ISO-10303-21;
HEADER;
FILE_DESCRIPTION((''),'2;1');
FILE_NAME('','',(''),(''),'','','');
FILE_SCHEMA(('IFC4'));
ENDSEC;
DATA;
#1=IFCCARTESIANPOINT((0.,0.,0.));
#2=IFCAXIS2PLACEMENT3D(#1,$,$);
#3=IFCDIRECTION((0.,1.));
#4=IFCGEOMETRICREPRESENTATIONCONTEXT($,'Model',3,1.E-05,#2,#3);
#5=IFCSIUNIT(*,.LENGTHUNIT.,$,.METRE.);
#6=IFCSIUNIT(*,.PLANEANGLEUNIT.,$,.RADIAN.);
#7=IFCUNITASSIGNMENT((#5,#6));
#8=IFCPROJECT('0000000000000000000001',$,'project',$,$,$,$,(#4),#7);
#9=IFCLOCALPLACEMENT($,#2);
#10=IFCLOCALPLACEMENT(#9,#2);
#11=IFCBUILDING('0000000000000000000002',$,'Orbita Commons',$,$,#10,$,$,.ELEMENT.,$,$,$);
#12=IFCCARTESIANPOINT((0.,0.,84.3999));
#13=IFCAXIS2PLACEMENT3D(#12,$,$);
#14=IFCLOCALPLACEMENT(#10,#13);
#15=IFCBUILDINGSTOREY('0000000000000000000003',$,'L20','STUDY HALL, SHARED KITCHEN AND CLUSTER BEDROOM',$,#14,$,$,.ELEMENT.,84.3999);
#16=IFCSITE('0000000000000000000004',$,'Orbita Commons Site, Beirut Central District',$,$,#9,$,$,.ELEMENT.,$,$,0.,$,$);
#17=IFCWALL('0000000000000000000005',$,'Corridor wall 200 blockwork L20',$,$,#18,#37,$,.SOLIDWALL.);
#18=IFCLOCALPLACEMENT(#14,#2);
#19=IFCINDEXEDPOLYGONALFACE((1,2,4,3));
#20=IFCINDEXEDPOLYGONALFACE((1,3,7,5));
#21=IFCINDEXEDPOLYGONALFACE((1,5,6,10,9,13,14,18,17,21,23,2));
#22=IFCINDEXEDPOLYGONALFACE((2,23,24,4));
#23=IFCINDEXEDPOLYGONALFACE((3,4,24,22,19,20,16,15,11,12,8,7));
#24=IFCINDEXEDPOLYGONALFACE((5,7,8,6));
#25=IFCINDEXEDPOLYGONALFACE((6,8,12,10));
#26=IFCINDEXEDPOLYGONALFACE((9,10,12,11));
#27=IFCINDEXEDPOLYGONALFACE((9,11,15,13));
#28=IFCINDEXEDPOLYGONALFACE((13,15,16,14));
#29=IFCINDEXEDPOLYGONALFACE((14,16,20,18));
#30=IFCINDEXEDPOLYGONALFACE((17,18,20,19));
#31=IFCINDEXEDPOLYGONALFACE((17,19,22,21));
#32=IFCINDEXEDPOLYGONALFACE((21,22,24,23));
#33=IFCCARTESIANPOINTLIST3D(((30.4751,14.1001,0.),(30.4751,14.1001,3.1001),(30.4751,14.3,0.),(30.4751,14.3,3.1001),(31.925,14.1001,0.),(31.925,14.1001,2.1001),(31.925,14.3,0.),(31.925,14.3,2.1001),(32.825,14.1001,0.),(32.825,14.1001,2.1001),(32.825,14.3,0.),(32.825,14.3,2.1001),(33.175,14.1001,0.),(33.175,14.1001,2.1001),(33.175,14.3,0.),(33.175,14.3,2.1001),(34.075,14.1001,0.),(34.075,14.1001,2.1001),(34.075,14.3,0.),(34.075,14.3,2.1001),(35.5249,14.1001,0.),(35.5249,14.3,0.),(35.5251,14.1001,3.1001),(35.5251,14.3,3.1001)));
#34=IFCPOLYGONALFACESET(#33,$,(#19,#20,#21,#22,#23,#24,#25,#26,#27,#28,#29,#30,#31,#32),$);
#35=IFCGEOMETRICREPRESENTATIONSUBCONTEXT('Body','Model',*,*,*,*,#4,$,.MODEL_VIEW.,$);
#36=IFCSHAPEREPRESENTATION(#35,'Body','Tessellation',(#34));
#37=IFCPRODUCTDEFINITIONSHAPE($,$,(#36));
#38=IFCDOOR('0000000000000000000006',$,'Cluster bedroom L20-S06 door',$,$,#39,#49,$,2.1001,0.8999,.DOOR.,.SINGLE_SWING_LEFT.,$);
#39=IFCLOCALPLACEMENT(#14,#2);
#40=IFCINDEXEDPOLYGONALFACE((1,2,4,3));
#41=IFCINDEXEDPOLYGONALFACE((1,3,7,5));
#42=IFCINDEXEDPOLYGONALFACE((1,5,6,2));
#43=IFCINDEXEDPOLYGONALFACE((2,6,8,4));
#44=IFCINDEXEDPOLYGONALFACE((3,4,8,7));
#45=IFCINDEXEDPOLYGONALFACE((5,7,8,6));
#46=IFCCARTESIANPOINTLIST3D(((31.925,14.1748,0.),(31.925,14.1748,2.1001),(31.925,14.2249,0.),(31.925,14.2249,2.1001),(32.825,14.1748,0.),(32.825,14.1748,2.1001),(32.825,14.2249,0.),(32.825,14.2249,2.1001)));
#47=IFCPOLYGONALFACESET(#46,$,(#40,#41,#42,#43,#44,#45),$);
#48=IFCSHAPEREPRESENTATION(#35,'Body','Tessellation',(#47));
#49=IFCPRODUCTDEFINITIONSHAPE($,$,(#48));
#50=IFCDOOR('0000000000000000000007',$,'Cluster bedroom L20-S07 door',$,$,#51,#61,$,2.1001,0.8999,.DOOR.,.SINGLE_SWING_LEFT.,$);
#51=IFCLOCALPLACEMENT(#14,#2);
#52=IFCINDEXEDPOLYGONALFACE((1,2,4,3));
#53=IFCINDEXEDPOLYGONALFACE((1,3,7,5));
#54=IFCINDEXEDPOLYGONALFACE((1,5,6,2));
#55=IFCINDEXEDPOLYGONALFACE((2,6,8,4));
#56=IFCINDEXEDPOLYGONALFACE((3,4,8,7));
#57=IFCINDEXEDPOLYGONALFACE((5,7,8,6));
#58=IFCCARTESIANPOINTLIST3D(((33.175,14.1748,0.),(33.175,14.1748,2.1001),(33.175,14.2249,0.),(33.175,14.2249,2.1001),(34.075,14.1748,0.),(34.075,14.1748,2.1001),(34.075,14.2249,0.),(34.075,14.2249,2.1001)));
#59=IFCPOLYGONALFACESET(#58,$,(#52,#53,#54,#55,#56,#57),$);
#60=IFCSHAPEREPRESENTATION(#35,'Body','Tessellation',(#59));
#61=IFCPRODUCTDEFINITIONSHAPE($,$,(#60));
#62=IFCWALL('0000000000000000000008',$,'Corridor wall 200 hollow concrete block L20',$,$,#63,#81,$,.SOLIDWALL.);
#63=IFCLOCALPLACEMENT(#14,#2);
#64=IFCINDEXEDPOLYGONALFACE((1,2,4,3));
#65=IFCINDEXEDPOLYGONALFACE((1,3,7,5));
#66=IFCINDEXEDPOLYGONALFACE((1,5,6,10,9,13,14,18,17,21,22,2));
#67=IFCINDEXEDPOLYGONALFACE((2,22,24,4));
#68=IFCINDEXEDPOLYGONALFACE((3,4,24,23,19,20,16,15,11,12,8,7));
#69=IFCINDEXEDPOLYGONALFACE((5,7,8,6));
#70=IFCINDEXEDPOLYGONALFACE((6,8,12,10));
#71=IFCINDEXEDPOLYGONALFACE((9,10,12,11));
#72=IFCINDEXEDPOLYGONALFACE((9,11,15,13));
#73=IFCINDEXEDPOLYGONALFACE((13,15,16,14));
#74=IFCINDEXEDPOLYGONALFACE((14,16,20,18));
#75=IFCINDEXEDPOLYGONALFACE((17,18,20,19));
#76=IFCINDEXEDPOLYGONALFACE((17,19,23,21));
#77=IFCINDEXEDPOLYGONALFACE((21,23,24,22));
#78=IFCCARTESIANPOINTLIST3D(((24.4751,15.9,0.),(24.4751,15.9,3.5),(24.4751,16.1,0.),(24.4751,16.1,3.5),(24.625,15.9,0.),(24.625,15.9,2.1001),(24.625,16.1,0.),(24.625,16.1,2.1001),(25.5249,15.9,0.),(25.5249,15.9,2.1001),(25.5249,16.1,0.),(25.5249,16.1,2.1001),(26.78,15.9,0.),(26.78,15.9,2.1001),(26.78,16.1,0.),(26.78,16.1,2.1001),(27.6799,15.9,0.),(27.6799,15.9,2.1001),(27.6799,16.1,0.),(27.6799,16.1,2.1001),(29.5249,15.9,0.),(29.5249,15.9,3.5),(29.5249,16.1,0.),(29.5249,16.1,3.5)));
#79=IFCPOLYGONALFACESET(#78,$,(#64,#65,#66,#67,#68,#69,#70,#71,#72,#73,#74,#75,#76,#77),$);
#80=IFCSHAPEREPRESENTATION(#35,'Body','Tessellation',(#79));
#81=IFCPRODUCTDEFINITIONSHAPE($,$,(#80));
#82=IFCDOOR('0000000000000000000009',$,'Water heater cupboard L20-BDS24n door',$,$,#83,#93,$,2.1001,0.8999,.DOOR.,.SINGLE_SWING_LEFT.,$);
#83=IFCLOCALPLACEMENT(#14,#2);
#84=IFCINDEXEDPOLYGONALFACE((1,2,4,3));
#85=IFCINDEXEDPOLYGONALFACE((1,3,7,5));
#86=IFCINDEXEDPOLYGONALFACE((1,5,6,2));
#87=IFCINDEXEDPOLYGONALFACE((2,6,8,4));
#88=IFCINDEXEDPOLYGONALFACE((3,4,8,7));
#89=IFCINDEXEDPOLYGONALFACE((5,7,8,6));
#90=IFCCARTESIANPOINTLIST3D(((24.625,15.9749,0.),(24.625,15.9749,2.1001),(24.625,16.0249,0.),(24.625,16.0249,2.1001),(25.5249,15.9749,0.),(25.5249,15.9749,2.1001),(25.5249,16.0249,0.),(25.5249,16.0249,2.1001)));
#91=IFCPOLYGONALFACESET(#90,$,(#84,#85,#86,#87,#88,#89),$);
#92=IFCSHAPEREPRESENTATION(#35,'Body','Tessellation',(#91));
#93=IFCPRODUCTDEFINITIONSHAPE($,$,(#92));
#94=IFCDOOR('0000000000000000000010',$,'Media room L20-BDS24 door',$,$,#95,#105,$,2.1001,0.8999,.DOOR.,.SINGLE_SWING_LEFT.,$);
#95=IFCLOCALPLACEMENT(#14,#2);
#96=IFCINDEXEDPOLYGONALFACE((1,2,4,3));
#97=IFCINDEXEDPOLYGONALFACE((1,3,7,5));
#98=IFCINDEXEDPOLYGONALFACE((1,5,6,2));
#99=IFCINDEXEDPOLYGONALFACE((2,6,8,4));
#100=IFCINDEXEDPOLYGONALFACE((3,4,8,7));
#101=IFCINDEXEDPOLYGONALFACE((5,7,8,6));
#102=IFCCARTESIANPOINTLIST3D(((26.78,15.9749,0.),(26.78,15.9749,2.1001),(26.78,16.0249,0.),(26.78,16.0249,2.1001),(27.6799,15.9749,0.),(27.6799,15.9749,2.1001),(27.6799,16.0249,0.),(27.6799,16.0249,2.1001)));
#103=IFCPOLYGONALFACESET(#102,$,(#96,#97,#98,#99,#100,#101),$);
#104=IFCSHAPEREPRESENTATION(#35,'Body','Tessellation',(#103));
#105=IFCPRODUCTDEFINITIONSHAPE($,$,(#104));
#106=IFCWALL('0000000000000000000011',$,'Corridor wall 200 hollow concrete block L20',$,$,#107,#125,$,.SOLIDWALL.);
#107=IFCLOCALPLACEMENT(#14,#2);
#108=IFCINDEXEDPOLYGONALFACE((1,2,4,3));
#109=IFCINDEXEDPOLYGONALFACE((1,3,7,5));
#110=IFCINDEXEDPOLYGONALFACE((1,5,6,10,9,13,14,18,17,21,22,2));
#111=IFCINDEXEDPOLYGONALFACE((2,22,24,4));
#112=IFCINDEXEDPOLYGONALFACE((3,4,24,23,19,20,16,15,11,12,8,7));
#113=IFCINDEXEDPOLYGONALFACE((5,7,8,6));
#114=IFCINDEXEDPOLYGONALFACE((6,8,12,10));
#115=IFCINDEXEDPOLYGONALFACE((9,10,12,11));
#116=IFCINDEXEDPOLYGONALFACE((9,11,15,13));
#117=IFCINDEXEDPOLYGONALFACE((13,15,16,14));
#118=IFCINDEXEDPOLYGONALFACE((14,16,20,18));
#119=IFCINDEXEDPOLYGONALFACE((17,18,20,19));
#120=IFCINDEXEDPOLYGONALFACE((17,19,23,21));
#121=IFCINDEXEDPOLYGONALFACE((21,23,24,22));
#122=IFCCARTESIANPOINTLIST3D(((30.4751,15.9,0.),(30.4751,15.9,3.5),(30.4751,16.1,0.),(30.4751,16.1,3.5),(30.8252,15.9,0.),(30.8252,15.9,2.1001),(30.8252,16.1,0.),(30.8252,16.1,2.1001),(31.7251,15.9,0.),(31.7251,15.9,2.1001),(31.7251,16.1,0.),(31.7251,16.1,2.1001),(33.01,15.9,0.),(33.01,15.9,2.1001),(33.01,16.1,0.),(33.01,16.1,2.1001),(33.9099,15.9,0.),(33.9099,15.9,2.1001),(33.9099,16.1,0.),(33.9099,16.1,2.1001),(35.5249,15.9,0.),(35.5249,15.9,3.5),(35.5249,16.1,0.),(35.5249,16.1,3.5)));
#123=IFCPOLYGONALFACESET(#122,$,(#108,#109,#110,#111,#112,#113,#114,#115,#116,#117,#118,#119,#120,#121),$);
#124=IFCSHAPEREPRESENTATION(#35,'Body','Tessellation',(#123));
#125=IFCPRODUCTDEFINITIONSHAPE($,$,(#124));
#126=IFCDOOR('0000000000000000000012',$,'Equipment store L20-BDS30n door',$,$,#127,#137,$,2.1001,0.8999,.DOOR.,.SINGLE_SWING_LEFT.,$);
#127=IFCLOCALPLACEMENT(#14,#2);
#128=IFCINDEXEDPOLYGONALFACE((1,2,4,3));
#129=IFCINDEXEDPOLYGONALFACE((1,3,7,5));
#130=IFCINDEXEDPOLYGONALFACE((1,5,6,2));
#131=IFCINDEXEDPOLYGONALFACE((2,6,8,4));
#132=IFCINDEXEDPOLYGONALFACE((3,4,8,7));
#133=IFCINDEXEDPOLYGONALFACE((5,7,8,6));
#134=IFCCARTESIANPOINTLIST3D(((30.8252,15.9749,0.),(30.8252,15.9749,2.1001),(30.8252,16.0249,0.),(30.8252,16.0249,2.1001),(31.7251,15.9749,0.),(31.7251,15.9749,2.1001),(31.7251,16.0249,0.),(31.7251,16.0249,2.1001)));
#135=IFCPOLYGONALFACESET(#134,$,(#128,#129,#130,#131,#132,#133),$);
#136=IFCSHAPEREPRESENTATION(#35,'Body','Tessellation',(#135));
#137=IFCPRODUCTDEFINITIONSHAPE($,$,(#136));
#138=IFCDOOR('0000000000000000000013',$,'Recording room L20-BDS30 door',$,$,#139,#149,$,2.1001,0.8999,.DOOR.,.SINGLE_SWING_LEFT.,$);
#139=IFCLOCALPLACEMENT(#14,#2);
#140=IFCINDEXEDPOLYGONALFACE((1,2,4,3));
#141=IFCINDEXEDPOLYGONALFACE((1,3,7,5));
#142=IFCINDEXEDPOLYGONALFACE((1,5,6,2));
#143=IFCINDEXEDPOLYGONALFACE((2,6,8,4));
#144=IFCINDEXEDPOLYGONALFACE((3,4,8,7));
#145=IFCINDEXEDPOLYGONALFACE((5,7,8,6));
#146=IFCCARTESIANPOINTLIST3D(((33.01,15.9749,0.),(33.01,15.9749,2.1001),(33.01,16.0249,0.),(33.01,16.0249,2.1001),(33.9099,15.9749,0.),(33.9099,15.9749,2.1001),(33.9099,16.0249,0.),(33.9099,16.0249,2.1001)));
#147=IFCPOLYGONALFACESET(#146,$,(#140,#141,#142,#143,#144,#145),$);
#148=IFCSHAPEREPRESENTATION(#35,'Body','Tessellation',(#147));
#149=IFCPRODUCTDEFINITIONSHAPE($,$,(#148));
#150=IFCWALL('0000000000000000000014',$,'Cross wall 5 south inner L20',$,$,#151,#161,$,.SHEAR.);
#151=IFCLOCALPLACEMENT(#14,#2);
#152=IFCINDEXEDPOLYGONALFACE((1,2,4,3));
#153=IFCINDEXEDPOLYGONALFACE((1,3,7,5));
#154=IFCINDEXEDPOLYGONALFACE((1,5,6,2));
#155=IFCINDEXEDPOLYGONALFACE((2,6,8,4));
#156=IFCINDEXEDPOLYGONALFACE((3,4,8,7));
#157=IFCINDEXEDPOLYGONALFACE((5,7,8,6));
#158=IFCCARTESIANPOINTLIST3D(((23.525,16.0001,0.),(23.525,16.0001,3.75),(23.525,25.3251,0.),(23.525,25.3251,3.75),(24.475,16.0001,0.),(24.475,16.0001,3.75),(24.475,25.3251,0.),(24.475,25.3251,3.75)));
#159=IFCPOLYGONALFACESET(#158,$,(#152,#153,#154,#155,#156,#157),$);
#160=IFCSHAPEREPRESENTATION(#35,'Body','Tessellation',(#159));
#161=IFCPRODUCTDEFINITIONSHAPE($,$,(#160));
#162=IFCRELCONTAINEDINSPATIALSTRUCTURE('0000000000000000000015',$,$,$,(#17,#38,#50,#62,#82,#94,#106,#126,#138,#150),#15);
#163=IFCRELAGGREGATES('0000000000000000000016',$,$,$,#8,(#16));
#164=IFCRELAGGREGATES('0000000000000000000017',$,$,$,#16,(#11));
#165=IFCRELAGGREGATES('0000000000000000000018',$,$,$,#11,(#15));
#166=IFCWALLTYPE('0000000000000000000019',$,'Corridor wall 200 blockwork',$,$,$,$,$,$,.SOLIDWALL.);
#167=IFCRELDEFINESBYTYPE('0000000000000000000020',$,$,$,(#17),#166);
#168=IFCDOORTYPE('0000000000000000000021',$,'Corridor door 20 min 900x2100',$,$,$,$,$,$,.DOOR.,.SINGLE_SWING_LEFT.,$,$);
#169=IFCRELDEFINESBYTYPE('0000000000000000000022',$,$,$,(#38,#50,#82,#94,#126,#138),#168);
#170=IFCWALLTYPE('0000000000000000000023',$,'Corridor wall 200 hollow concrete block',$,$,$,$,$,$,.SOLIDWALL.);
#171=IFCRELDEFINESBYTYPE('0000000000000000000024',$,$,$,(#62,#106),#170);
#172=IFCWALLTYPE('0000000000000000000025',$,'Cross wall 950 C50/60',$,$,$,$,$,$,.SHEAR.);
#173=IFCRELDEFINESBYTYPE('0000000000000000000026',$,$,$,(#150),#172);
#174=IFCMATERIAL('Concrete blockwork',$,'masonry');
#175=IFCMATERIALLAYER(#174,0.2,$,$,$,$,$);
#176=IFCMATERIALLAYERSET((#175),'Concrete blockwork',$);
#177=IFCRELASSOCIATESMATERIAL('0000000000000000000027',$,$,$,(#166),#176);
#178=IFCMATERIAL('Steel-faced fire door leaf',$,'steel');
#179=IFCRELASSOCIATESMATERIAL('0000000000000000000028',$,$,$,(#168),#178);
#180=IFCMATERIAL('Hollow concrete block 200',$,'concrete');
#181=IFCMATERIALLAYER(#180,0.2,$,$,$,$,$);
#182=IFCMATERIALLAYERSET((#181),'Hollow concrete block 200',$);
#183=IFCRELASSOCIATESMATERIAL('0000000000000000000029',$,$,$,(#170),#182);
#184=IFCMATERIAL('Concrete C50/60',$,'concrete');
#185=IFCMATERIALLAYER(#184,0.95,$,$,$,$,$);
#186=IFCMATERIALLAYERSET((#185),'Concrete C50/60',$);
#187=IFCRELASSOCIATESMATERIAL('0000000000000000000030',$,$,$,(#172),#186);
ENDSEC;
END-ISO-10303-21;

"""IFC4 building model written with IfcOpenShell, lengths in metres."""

from ifc_helpers import new_model, si_unit, direction, frame, frame_2d, origin, place, context, subcontext, project, spatial, polyline, rectangle, outline, extrude, material, layer, layer_set, type_object, element, fill, save


model = new_model("IFC4")

# Units and contexts
model_context = context("Model", 3, precision=1e-05, world=origin(), true_north=direction((0.0, 1.0)))
body_context = subcontext(model_context, "Body", "Model", "MODEL_VIEW")
ifc_project = project(units=[si_unit("LENGTHUNIT", "METRE"), si_unit("PLANEANGLEUNIT", "RADIAN")], contexts=[model_context])

# Site, building, storey
site_placement = place(None, origin())
site = spatial("IfcSite", under=ifc_project, at=site_placement, Name="Orbita Commons Site, Beirut Central District", CompositionType="ELEMENT", RefElevation=0.0)
building_placement = place(site_placement, origin())
building = spatial("IfcBuilding", under=site, at=building_placement, Name="Orbita Commons", CompositionType="ELEMENT")
storey_placement = place(building_placement, frame((0.0, 0.0, 84.3999)))
storey = spatial("IfcBuildingStorey", under=building, at=storey_placement, Name="L20", Description="STUDY HALL, SHARED KITCHEN AND CLUSTER BEDROOM", CompositionType="ELEMENT", Elevation=84.3999)

# Walls, openings, doors
ifc_material_1 = material(Name="Concrete blockwork", Category="masonry")
ifc_layer_1 = layer(ifc_material_1, 0.2)
ifc_layer_set_1 = layer_set([ifc_layer_1], Name="Concrete blockwork")
wall_type_1 = type_object("IfcWallType", Name="Corridor wall 200 blockwork", PredefinedType="SOLIDWALL", material=ifc_layer_set_1)
ifc_material_2 = material(Name="Steel-faced fire door leaf", Category="steel")
door_type = type_object("IfcDoorType", Name="Corridor door 20 min 900x2100", OperationType="SINGLE_SWING_LEFT", PredefinedType="DOOR", material=ifc_material_2)
wall_1_placement = place(storey_placement, frame((30.4751, 14.2, 0.0), z_axis=(0.0, 0.0, 1.0), x_axis=(1.0, 0.0, 0.0)))
wall_1 = element("IfcWall", 1, at=wall_1_placement, inside=storey, type_object=wall_type_1, Name="Corridor wall 200 blockwork L20", PredefinedType="SOLIDWALL", context=body_context, shape_type="SweptSolid", body=[
    extrude(outline(polyline([(0.0, 0.0), (5.0498, 0.0), (5.05, 3.1001), (0.0, 3.1001), (0.0, 0.0)])), frame((0.0, 0.1001, 0.0), z_axis=(0.0, -1.0, 0.0), x_axis=(1.0, 0.0, 0.0)), (0.0, 0.0, 1.0), 0.2),
])
opening_1_placement = place(wall_1_placement, frame((1.45, 0.0, 0.0)))
opening_1 = element("IfcOpeningElement", 2, at=opening_1_placement, cuts=wall_1, PredefinedType="OPENING", context=body_context, shape_type="SweptSolid", body=[
    extrude(rectangle(XDim=0.8999, YDim=2.1001, at=frame_2d((0.45, 1.05))), frame((0.0, 0.1099, 0.0), z_axis=(0.0, -1.0, 0.0), x_axis=(1.0, 0.0, 0.0)), (0.0, 0.0, 1.0), 0.22),
])
opening_2_placement = place(wall_1_placement, frame((2.7, 0.0, 0.0)))
opening_2 = element("IfcOpeningElement", 3, at=opening_2_placement, cuts=wall_1, PredefinedType="OPENING", context=body_context, shape_type="SweptSolid", body=[
    extrude(rectangle(XDim=0.8999, YDim=2.1001, at=frame_2d((0.45, 1.05))), frame((0.0, 0.1099, 0.0), z_axis=(0.0, -1.0, 0.0), x_axis=(1.0, 0.0, 0.0)), (0.0, 0.0, 1.0), 0.22),
])
door_1_placement = place(opening_1_placement, origin())
door_1 = element("IfcDoor", 4, at=door_1_placement, inside=storey, type_object=door_type, Name="Cluster bedroom L20-S06 door", OperationType="SINGLE_SWING_LEFT", OverallHeight=2.1001, OverallWidth=0.8999, PredefinedType="DOOR", context=body_context, shape_type="SweptSolid", body=[
    extrude(rectangle(XDim=0.8999, YDim=2.1001, at=frame_2d((0.45, 1.05))), frame((0.0, 0.0249, 0.0), z_axis=(0.0, -1.0, 0.0), x_axis=(1.0, 0.0, 0.0)), (0.0, 0.0, 1.0), 0.05),
])
fill(opening_1, door_1)
door_2_placement = place(opening_2_placement, origin())
door_2 = element("IfcDoor", 5, at=door_2_placement, inside=storey, type_object=door_type, Name="Cluster bedroom L20-S07 door", OperationType="SINGLE_SWING_LEFT", OverallHeight=2.1001, OverallWidth=0.8999, PredefinedType="DOOR", context=body_context, shape_type="SweptSolid", body=[
    extrude(rectangle(XDim=0.8999, YDim=2.1001, at=frame_2d((0.45, 1.05))), frame((0.0, 0.0249, 0.0), z_axis=(0.0, -1.0, 0.0), x_axis=(1.0, 0.0, 0.0)), (0.0, 0.0, 1.0), 0.05),
])
fill(opening_2, door_2)
ifc_material_3 = material(Name="Hollow concrete block 200", Category="concrete")
ifc_layer_2 = layer(ifc_material_3, 0.2)
ifc_layer_set_2 = layer_set([ifc_layer_2], Name="Hollow concrete block 200")
wall_type_2 = type_object("IfcWallType", Name="Corridor wall 200 hollow concrete block", PredefinedType="SOLIDWALL", material=ifc_layer_set_2)
wall_2_placement = place(storey_placement, frame((24.4751, 16.0, 0.0), z_axis=(0.0, 0.0, 1.0), x_axis=(1.0, 0.0, 0.0)))
wall_2 = element("IfcWall", 6, at=wall_2_placement, inside=storey, type_object=wall_type_2, Name="Corridor wall 200 hollow concrete block L20", PredefinedType="SOLIDWALL", context=body_context, shape_type="SweptSolid", body=[
    extrude(rectangle(XDim=5.0498, YDim=0.2, at=frame_2d((2.5249, 0.0))), origin(), (0.0, 0.0, 1.0), 3.5),
])
opening_3_placement = place(wall_2_placement, frame((0.1499, 0.0, 0.0)))
opening_3 = element("IfcOpeningElement", 7, at=opening_3_placement, cuts=wall_2, PredefinedType="OPENING", context=body_context, shape_type="SweptSolid", body=[
    extrude(rectangle(XDim=0.8999, YDim=2.1001, at=frame_2d((0.45, 1.05))), frame((0.0, 0.1099, 0.0), z_axis=(0.0, -1.0, 0.0), x_axis=(1.0, 0.0, 0.0)), (0.0, 0.0, 1.0), 0.22),
])
opening_4_placement = place(wall_2_placement, frame((2.3049, 0.0, 0.0)))
opening_4 = element("IfcOpeningElement", 8, at=opening_4_placement, cuts=wall_2, PredefinedType="OPENING", context=body_context, shape_type="SweptSolid", body=[
    extrude(rectangle(XDim=0.8999, YDim=2.1001, at=frame_2d((0.45, 1.05))), frame((0.0, 0.1099, 0.0), z_axis=(0.0, -1.0, 0.0), x_axis=(1.0, 0.0, 0.0)), (0.0, 0.0, 1.0), 0.22),
])
door_3_placement = place(opening_3_placement, origin())
door_3 = element("IfcDoor", 9, at=door_3_placement, inside=storey, type_object=door_type, Name="Water heater cupboard L20-BDS24n door", OperationType="SINGLE_SWING_LEFT", OverallHeight=2.1001, OverallWidth=0.8999, PredefinedType="DOOR", context=body_context, shape_type="SweptSolid", body=[
    extrude(rectangle(XDim=0.8999, YDim=2.1001, at=frame_2d((0.45, 1.05))), frame((0.0, 0.0249, 0.0), z_axis=(0.0, -1.0, 0.0), x_axis=(1.0, 0.0, 0.0)), (0.0, 0.0, 1.0), 0.05),
])
fill(opening_3, door_3)
door_4_placement = place(opening_4_placement, origin())
door_4 = element("IfcDoor", 10, at=door_4_placement, inside=storey, type_object=door_type, Name="Media room L20-BDS24 door", OperationType="SINGLE_SWING_LEFT", OverallHeight=2.1001, OverallWidth=0.8999, PredefinedType="DOOR", context=body_context, shape_type="SweptSolid", body=[
    extrude(rectangle(XDim=0.8999, YDim=2.1001, at=frame_2d((0.45, 1.05))), frame((0.0, 0.0249, 0.0), z_axis=(0.0, -1.0, 0.0), x_axis=(1.0, 0.0, 0.0)), (0.0, 0.0, 1.0), 0.05),
])
fill(opening_4, door_4)
wall_3_placement = place(storey_placement, frame((30.4751, 16.0, 0.0), z_axis=(0.0, 0.0, 1.0), x_axis=(1.0, 0.0, 0.0)))
wall_3 = element("IfcWall", 11, at=wall_3_placement, inside=storey, type_object=wall_type_2, Name="Corridor wall 200 hollow concrete block L20", PredefinedType="SOLIDWALL", context=body_context, shape_type="SweptSolid", body=[
    extrude(rectangle(XDim=5.0498, YDim=0.2, at=frame_2d((2.5249, 0.0))), origin(), (0.0, 0.0, 1.0), 3.5),
])
opening_5_placement = place(wall_3_placement, frame((0.3501, 0.0, 0.0)))
opening_5 = element("IfcOpeningElement", 12, at=opening_5_placement, cuts=wall_3, PredefinedType="OPENING", context=body_context, shape_type="SweptSolid", body=[
    extrude(rectangle(XDim=0.8999, YDim=2.1001, at=frame_2d((0.45, 1.05))), frame((0.0, 0.1099, 0.0), z_axis=(0.0, -1.0, 0.0), x_axis=(1.0, 0.0, 0.0)), (0.0, 0.0, 1.0), 0.22),
])
opening_6_placement = place(wall_3_placement, frame((2.5349, 0.0, 0.0)))
opening_6 = element("IfcOpeningElement", 13, at=opening_6_placement, cuts=wall_3, PredefinedType="OPENING", context=body_context, shape_type="SweptSolid", body=[
    extrude(rectangle(XDim=0.8999, YDim=2.1001, at=frame_2d((0.45, 1.05))), frame((0.0, 0.1099, 0.0), z_axis=(0.0, -1.0, 0.0), x_axis=(1.0, 0.0, 0.0)), (0.0, 0.0, 1.0), 0.22),
])
door_5_placement = place(opening_5_placement, origin())
door_5 = element("IfcDoor", 14, at=door_5_placement, inside=storey, type_object=door_type, Name="Equipment store L20-BDS30n door", OperationType="SINGLE_SWING_LEFT", OverallHeight=2.1001, OverallWidth=0.8999, PredefinedType="DOOR", context=body_context, shape_type="SweptSolid", body=[
    extrude(rectangle(XDim=0.8999, YDim=2.1001, at=frame_2d((0.45, 1.05))), frame((0.0, 0.0249, 0.0), z_axis=(0.0, -1.0, 0.0), x_axis=(1.0, 0.0, 0.0)), (0.0, 0.0, 1.0), 0.05),
])
fill(opening_5, door_5)
door_6_placement = place(opening_6_placement, origin())
door_6 = element("IfcDoor", 15, at=door_6_placement, inside=storey, type_object=door_type, Name="Recording room L20-BDS30 door", OperationType="SINGLE_SWING_LEFT", OverallHeight=2.1001, OverallWidth=0.8999, PredefinedType="DOOR", context=body_context, shape_type="SweptSolid", body=[
    extrude(rectangle(XDim=0.8999, YDim=2.1001, at=frame_2d((0.45, 1.05))), frame((0.0, 0.0249, 0.0), z_axis=(0.0, -1.0, 0.0), x_axis=(1.0, 0.0, 0.0)), (0.0, 0.0, 1.0), 0.05),
])
fill(opening_6, door_6)

# Wall
ifc_material_4 = material(Name="Concrete C50/60", Category="concrete")
ifc_layer_3 = layer(ifc_material_4, 0.95)
ifc_layer_set_3 = layer_set([ifc_layer_3], Name="Concrete C50/60")
wall_type_3 = type_object("IfcWallType", Name="Cross wall 950 C50/60", PredefinedType="SHEAR", material=ifc_layer_set_3)
for number, where, z_axis, x_axis, name in (
    (16, (24.0, 16.0, 0.0), (0.0, 0.0, 1.0), (0.0, 1.0, 0.0), "Cross wall 5 south inner L20"),
):
    element("IfcWall", number, at=place(storey_placement, frame(where, z_axis=z_axis, x_axis=x_axis)), inside=storey, type_object=wall_type_3, Name=name, PredefinedType="SHEAR", context=body_context, shape_type="SweptSolid", body=[
        extrude(rectangle(XDim=9.325, YDim=0.95, at=frame_2d((4.6626, 0.0))), origin(), (0.0, 0.0, 1.0), 3.75),
    ])

save(model, "model.ifc")
